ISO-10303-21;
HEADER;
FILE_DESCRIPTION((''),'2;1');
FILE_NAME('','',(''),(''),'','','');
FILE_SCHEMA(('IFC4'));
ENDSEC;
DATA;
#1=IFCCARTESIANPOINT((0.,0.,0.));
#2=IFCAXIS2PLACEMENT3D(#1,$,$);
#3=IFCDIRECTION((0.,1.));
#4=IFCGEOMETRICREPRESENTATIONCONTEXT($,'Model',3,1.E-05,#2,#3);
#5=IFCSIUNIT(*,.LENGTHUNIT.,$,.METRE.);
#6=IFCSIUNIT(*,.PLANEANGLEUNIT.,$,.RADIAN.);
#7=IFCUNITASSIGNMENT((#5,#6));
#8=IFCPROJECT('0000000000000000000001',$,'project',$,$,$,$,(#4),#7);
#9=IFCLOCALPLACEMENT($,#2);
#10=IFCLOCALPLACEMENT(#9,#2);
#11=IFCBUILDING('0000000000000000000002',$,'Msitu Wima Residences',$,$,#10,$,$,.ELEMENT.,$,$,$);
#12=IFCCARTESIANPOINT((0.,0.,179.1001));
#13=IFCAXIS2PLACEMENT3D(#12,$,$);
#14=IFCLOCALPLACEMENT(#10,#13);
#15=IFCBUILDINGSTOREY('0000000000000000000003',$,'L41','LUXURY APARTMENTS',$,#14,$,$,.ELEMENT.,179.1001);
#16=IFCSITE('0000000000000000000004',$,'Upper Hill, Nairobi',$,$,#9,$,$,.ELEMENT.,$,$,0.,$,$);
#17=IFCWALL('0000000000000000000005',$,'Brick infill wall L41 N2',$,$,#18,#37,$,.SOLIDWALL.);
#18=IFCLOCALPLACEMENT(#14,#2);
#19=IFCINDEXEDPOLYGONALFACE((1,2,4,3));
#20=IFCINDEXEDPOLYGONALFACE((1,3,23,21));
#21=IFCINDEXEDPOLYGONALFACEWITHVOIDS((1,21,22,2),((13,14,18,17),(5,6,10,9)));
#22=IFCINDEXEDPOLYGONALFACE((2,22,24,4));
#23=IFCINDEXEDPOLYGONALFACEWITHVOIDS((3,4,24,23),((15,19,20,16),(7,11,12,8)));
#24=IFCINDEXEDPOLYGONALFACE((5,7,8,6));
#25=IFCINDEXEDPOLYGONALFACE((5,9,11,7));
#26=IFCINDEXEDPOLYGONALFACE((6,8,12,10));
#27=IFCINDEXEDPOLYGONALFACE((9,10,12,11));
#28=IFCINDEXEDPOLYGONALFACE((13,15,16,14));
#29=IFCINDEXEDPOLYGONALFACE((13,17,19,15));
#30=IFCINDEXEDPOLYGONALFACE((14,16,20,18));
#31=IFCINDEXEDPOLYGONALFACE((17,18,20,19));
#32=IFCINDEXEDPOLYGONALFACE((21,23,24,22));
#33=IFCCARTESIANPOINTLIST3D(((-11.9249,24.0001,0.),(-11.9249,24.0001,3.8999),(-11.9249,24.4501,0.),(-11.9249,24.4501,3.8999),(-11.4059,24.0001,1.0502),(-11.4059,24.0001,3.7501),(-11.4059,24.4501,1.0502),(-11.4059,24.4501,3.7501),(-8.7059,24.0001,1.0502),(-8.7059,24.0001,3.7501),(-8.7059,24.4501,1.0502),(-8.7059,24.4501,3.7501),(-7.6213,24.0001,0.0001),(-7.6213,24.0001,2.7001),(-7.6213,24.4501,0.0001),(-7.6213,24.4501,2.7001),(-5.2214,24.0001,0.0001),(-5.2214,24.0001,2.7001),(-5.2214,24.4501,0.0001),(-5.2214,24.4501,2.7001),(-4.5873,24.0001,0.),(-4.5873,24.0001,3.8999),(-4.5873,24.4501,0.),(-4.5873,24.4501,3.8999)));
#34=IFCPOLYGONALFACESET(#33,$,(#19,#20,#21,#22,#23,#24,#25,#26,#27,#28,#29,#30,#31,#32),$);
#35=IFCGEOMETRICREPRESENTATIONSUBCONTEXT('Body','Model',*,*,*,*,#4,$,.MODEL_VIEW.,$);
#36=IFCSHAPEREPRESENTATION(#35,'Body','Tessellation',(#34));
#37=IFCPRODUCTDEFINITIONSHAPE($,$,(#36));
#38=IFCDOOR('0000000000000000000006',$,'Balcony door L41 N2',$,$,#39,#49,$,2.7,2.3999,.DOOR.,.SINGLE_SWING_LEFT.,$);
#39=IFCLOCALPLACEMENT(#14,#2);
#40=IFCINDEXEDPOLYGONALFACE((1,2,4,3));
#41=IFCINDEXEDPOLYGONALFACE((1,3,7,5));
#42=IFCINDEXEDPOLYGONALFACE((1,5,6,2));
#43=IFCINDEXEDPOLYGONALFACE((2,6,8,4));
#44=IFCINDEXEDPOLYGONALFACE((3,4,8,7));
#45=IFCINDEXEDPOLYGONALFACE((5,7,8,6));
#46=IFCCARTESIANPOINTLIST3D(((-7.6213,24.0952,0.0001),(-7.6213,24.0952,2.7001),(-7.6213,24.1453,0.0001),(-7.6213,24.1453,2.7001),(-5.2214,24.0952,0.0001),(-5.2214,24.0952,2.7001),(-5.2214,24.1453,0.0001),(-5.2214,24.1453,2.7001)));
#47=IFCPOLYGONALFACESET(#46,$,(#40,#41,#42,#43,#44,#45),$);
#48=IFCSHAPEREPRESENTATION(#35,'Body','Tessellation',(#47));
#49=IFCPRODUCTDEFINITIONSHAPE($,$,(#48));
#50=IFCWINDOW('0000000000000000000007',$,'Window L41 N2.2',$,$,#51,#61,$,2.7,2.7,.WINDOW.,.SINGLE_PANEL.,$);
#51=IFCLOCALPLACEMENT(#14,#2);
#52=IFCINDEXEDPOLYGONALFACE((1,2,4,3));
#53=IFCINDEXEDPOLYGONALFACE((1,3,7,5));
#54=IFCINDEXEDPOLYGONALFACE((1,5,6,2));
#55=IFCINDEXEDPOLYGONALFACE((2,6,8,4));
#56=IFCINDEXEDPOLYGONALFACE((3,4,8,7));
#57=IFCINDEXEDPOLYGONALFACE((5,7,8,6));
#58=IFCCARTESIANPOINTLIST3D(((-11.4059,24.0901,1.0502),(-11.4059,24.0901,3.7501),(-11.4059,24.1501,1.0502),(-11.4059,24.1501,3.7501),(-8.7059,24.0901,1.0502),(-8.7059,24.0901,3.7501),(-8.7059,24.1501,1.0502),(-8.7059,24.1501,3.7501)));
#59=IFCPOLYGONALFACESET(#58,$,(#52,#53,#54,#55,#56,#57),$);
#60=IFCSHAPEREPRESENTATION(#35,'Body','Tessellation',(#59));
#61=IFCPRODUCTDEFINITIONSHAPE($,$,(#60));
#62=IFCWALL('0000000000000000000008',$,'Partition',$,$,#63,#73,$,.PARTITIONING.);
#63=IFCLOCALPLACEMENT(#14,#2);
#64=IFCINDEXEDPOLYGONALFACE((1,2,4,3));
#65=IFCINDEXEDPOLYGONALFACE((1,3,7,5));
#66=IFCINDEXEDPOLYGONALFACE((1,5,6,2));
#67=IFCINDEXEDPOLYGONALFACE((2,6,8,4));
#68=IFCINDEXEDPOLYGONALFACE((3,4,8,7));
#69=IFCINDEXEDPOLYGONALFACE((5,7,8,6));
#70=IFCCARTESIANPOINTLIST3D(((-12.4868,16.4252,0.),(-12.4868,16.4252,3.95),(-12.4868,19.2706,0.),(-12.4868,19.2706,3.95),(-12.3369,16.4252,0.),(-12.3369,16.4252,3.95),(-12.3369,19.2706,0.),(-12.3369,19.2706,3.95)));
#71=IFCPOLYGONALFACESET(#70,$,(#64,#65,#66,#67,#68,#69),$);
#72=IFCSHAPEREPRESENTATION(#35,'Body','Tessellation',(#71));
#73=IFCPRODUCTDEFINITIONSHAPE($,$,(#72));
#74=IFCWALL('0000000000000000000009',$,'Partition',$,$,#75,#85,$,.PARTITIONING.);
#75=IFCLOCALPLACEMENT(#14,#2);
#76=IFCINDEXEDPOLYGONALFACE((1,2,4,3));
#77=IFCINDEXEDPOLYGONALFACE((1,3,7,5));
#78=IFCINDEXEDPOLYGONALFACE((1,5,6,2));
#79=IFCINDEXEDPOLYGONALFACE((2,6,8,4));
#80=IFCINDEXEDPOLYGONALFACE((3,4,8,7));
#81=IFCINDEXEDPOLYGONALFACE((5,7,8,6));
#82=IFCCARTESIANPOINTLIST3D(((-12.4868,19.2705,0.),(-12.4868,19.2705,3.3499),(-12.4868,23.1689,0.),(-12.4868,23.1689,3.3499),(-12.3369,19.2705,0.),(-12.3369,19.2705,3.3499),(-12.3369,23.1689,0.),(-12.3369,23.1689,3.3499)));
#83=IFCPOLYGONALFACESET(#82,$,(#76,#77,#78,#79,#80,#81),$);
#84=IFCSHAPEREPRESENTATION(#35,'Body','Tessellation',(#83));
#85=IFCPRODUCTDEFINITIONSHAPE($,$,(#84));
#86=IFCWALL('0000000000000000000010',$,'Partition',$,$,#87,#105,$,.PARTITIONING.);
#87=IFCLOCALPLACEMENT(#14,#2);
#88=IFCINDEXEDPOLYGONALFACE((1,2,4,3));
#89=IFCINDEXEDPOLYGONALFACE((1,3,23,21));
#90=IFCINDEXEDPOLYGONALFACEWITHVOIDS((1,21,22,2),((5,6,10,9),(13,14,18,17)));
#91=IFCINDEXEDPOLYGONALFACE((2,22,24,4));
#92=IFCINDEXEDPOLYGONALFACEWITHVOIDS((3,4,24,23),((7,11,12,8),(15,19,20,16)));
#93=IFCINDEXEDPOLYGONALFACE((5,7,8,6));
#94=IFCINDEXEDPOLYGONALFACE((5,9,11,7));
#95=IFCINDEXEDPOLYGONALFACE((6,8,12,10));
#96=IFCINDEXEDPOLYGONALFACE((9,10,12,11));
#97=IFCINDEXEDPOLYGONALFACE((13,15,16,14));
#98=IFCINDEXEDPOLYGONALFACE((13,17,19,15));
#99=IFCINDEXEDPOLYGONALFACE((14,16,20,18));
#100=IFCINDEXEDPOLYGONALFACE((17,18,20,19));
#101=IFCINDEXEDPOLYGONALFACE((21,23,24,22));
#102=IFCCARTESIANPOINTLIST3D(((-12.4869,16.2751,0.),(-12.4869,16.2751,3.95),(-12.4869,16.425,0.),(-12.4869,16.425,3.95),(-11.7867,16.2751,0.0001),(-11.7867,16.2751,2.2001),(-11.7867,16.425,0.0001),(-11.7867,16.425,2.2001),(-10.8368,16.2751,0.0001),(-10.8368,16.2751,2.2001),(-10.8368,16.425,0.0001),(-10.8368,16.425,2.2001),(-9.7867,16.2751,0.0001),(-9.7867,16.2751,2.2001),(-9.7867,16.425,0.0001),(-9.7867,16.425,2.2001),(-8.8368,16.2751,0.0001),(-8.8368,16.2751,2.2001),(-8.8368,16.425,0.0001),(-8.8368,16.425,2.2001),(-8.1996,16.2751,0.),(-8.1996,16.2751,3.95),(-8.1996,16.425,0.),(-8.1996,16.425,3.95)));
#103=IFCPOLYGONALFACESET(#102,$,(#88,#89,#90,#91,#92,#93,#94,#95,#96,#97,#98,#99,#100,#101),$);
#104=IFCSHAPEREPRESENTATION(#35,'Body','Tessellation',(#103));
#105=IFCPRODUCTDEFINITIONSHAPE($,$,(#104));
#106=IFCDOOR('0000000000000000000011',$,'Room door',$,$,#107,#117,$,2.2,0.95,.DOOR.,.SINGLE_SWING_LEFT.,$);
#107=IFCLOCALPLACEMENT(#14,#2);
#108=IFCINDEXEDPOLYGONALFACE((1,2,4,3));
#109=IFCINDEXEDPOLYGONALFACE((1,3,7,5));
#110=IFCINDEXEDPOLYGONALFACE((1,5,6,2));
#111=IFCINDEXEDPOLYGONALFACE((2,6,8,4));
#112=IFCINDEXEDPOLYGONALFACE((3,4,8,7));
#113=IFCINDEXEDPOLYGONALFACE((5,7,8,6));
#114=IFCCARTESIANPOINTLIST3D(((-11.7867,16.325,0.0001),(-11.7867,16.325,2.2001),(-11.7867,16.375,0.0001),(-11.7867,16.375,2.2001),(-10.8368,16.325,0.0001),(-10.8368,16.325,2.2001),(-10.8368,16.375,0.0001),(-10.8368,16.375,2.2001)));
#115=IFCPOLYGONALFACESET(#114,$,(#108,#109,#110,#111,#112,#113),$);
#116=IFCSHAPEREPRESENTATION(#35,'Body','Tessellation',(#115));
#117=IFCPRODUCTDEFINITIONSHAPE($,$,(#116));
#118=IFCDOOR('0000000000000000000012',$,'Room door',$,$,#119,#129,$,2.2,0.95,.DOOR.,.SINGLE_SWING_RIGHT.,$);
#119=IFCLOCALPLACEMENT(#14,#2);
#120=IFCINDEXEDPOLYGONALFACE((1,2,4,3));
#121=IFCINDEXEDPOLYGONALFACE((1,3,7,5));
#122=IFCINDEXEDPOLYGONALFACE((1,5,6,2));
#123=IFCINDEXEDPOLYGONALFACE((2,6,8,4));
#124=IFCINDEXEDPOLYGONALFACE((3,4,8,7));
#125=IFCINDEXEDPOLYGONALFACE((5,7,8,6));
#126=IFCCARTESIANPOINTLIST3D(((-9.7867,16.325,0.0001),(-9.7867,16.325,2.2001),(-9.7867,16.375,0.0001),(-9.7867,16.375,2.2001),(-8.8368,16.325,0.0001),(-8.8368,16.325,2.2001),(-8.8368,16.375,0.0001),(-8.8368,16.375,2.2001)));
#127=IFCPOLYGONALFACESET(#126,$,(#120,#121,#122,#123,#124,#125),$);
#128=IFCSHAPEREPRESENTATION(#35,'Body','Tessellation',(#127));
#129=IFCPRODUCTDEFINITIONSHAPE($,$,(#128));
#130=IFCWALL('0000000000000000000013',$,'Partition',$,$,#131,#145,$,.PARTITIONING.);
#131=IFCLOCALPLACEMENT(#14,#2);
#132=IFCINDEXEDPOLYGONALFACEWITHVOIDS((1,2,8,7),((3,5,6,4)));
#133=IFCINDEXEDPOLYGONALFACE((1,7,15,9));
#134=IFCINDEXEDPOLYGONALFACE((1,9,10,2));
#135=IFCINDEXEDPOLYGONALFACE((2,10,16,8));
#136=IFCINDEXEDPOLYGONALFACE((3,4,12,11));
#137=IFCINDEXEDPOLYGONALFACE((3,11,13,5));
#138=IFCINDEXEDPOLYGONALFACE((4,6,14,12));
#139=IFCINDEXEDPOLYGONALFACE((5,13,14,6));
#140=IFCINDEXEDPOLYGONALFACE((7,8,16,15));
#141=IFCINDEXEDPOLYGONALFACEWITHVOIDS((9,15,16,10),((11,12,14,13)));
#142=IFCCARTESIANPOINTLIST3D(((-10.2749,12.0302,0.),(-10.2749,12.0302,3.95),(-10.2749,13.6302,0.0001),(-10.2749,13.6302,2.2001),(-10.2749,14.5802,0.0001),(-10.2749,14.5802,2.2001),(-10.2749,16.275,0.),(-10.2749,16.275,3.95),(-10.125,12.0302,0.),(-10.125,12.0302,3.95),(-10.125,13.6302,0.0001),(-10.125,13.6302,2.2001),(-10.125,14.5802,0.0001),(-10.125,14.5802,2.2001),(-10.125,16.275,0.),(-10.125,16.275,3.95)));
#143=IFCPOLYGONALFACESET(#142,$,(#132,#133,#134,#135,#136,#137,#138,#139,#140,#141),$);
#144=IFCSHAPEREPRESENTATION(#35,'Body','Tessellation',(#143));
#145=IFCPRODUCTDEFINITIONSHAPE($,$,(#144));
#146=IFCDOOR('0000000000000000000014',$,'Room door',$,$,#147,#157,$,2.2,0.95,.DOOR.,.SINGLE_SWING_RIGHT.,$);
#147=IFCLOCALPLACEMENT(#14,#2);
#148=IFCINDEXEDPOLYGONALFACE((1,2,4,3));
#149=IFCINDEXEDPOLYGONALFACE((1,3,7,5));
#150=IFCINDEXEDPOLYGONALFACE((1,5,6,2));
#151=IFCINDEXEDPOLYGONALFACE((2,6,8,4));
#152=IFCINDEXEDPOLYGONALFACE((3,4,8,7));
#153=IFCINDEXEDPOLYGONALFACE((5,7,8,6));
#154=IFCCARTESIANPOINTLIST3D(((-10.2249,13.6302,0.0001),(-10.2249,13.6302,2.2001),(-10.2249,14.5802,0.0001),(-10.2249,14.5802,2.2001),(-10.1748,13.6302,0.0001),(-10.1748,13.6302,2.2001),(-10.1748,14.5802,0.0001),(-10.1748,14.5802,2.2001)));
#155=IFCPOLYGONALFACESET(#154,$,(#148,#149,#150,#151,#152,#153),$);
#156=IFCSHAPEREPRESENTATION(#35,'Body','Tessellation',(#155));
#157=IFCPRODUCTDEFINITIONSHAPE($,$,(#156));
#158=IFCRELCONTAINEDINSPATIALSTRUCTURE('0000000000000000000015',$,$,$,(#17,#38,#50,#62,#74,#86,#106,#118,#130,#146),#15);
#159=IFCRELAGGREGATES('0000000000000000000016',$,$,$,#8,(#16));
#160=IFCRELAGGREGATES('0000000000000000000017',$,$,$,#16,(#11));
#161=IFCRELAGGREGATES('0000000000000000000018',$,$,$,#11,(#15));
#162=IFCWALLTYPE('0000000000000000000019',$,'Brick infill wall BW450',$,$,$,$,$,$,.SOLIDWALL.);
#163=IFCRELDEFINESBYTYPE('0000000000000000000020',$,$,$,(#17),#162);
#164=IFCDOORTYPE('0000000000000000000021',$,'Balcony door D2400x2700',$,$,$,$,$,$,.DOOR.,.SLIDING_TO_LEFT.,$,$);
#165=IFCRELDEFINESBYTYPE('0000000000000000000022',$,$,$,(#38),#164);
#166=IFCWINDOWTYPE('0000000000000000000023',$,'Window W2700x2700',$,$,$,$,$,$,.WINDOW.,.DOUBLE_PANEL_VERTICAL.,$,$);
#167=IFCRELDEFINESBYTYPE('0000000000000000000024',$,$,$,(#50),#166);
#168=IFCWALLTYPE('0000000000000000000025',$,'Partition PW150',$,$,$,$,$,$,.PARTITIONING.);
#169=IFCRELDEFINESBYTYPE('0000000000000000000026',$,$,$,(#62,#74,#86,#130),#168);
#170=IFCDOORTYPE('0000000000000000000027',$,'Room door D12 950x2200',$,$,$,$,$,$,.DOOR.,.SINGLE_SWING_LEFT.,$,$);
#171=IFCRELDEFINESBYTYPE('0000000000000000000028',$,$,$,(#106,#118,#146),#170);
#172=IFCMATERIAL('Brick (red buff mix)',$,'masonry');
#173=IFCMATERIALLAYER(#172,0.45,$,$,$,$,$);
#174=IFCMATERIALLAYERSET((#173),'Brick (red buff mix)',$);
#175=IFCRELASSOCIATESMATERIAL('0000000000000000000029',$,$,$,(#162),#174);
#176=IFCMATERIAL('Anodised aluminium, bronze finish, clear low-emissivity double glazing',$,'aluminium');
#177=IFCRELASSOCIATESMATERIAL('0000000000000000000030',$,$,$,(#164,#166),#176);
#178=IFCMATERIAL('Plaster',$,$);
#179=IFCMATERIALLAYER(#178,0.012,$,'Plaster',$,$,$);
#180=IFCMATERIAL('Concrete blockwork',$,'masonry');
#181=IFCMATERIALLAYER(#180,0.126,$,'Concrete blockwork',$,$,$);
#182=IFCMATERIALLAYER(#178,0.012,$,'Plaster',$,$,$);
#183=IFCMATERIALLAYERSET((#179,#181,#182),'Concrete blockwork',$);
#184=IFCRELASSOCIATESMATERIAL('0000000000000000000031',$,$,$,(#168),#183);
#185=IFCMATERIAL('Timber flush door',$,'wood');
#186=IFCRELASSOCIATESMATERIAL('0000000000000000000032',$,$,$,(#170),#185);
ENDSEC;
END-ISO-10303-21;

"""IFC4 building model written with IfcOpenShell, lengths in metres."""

from ifc_helpers import new_model, si_unit, direction, frame, frame_2d, origin, place, context, subcontext, project, spatial, rectangle, extrude, material, layer, layer_set, type_object, element, fill, save


model = new_model("IFC4")

# Units and contexts
model_context = context("Model", 3, precision=1e-05, world=origin(), true_north=direction((0.0, 1.0)))
body_context = subcontext(model_context, "Body", "Model", "MODEL_VIEW")
ifc_project = project(units=[si_unit("LENGTHUNIT", "METRE"), si_unit("PLANEANGLEUNIT", "RADIAN")], contexts=[model_context])

# Site, building, storey
site_placement = place(None, origin())
site = spatial("IfcSite", under=ifc_project, at=site_placement, Name="Upper Hill, Nairobi", CompositionType="ELEMENT", RefElevation=0.0)
building_placement = place(site_placement, origin())
building = spatial("IfcBuilding", under=site, at=building_placement, Name="Msitu Wima Residences", CompositionType="ELEMENT")
storey_placement = place(building_placement, frame((0.0, 0.0, 179.1001)))
storey = spatial("IfcBuildingStorey", under=building, at=storey_placement, Name="L41", Description="LUXURY APARTMENTS", CompositionType="ELEMENT", Elevation=179.1001)

# Wall, openings, door, window
ifc_material_1 = material(Name="Brick (red buff mix)", Category="masonry")
ifc_layer_1 = layer(ifc_material_1, 0.45)
ifc_layer_set_1 = layer_set([ifc_layer_1], Name="Brick (red buff mix)")
wall_type_1 = type_object("IfcWallType", Name="Brick infill wall BW450", PredefinedType="SOLIDWALL", material=ifc_layer_set_1)
wall_1_placement = place(storey_placement, frame((-4.5872, 24.2251, 0.0), z_axis=(0.0, 0.0, 1.0), x_axis=(-1.0, 0.0, 0.0)))
wall_1 = element("IfcWall", 1, at=wall_1_placement, inside=storey, type_object=wall_type_1, Name="Brick infill wall L41 N2", PredefinedType="SOLIDWALL", context=body_context, shape_type="SweptSolid", body=[
    extrude(rectangle(XDim=7.3376, YDim=0.45, at=frame_2d((3.6689, 0.0))), origin(), (0.0, 0.0, 1.0), 3.8999),
])
opening_1_placement = place(wall_1_placement, frame((0.6343, 0.0, 0.0)))
opening_1 = element("IfcOpeningElement", 2, at=opening_1_placement, cuts=wall_1, PredefinedType="OPENING", context=body_context, shape_type="SweptSolid", body=[
    extrude(rectangle(XDim=2.3999, YDim=2.7, at=frame_2d((1.2, 1.3501))), frame((0.0, 0.2349, 0.0), z_axis=(0.0, -1.0, 0.0), x_axis=(1.0, 0.0, 0.0)), (0.0, 0.0, 1.0), 0.47),
])
opening_2_placement = place(wall_1_placement, frame((4.1187, 0.0, 1.05)))
opening_2 = element("IfcOpeningElement", 3, at=opening_2_placement, cuts=wall_1, PredefinedType="OPENING", context=body_context, shape_type="SweptSolid", body=[
    extrude(rectangle(XDim=2.7, YDim=2.7, at=frame_2d((1.3501, 1.3501))), frame((0.0, 0.2349, 0.0), z_axis=(0.0, -1.0, 0.0), x_axis=(1.0, 0.0, 0.0)), (0.0, 0.0, 1.0), 0.47),
])
ifc_material_2 = material(Name="Anodised aluminium, bronze finish, clear low-emissivity double glazing", Category="aluminium")
door_type_1 = type_object("IfcDoorType", Name="Balcony door D2400x2700", OperationType="SLIDING_TO_LEFT", PredefinedType="DOOR", material=ifc_material_2)
door_1_placement = place(opening_1_placement, origin())
door_1 = element("IfcDoor", 4, at=door_1_placement, inside=storey, type_object=door_type_1, Name="Balcony door L41 N2", OperationType="SINGLE_SWING_LEFT", OverallHeight=2.7, OverallWidth=2.3999, PredefinedType="DOOR", context=body_context, shape_type="SweptSolid", body=[
    extrude(rectangle(XDim=2.3999, YDim=2.7, at=frame_2d((1.2, 1.3501))), frame((0.0, 0.1299, 0.0), z_axis=(0.0, -1.0, 0.0), x_axis=(1.0, 0.0, 0.0)), (0.0, 0.0, 1.0), 0.05),
])
fill(opening_1, door_1)
window_type = type_object("IfcWindowType", Name="Window W2700x2700", PartitioningType="DOUBLE_PANEL_VERTICAL", PredefinedType="WINDOW", material=ifc_material_2)
window_placement = place(opening_2_placement, origin())
window = element("IfcWindow", 5, at=window_placement, inside=storey, type_object=window_type, Name="Window L41 N2.2", OverallHeight=2.7, OverallWidth=2.7, PartitioningType="SINGLE_PANEL", PredefinedType="WINDOW", context=body_context, shape_type="SweptSolid", body=[
    extrude(rectangle(XDim=2.7, YDim=2.7, at=frame_2d((1.3501, 1.3501))), frame((0.0, 0.135, 0.0), z_axis=(0.0, -1.0, 0.0), x_axis=(1.0, 0.0, 0.0)), (0.0, 0.0, 1.0), 0.0601),
])
fill(opening_2, window)

# Walls
ifc_material_3 = material(Name="Plaster")
ifc_layer_2 = layer(ifc_material_3, 0.012, Name="Plaster")
ifc_material_4 = material(Name="Concrete blockwork", Category="masonry")
ifc_layer_3 = layer(ifc_material_4, 0.126, Name="Concrete blockwork")
ifc_layer_4 = layer(ifc_material_3, 0.012, Name="Plaster")
ifc_layer_set_2 = layer_set([ifc_layer_2, ifc_layer_3, ifc_layer_4], Name="Concrete blockwork")
wall_type_2 = type_object("IfcWallType", Name="Partition PW150", PredefinedType="PARTITIONING", material=ifc_layer_set_2)
wall_2_placement = place(storey_placement, frame((-12.4119, 16.425, 0.0), z_axis=(0.0, 0.0, 1.0), x_axis=(0.0, 1.0, 0.0)))
element("IfcWall", 6, at=wall_2_placement, inside=storey, type_object=wall_type_2, Name="Partition", PredefinedType="PARTITIONING", context=body_context, shape_type="SweptSolid", body=[
    extrude(rectangle(XDim=2.8455, YDim=0.1499, at=frame_2d((1.4229, 0.0))), origin(), (0.0, 0.0, 1.0), 3.95),
])
wall_3_placement = place(storey_placement, frame((-12.4119, 19.2705, 0.0), z_axis=(0.0, 0.0, 1.0), x_axis=(0.0, 1.0, 0.0)))
element("IfcWall", 7, at=wall_3_placement, inside=storey, type_object=wall_type_2, Name="Partition", PredefinedType="PARTITIONING", context=body_context, shape_type="SweptSolid", body=[
    extrude(rectangle(XDim=3.8984, YDim=0.1499, at=frame_2d((1.9492, 0.0))), origin(), (0.0, 0.0, 1.0), 3.3499),
])

# Wall, openings, doors
wall_4_placement = place(storey_placement, frame((-12.4868, 16.3501, 0.0), z_axis=(0.0, 0.0, 1.0), x_axis=(1.0, 0.0, 0.0)))
wall_4 = element("IfcWall", 8, at=wall_4_placement, inside=storey, type_object=wall_type_2, Name="Partition", PredefinedType="PARTITIONING", context=body_context, shape_type="SweptSolid", body=[
    extrude(rectangle(XDim=4.2874, YDim=0.1499, at=frame_2d((2.1436, 0.0))), origin(), (0.0, 0.0, 1.0), 3.95),
])
opening_3_placement = place(wall_4_placement, frame((0.7, 0.0, 0.0)))
opening_3 = element("IfcOpeningElement", 9, at=opening_3_placement, cuts=wall_4, PredefinedType="OPENING", context=body_context, shape_type="SweptSolid", body=[
    extrude(rectangle(XDim=0.95, YDim=2.2, at=frame_2d((0.4751, 1.1001))), frame((0.0, 0.085, 0.0), z_axis=(0.0, -1.0, 0.0), x_axis=(1.0, 0.0, 0.0)), (0.0, 0.0, 1.0), 0.1699),
])
opening_4_placement = place(wall_4_placement, frame((2.7, 0.0, 0.0)))
opening_4 = element("IfcOpeningElement", 10, at=opening_4_placement, cuts=wall_4, PredefinedType="OPENING", context=body_context, shape_type="SweptSolid", body=[
    extrude(rectangle(XDim=0.95, YDim=2.2, at=frame_2d((0.4751, 1.1001))), frame((0.0, 0.085, 0.0), z_axis=(0.0, -1.0, 0.0), x_axis=(1.0, 0.0, 0.0)), (0.0, 0.0, 1.0), 0.1699),
])
ifc_material_5 = material(Name="Timber flush door", Category="wood")
door_type_2 = type_object("IfcDoorType", Name="Room door D12 950x2200", OperationType="SINGLE_SWING_LEFT", PredefinedType="DOOR", material=ifc_material_5)
door_2_placement = place(opening_3_placement, origin())
door_2 = element("IfcDoor", 11, at=door_2_placement, inside=storey, type_object=door_type_2, Name="Room door", OperationType="SINGLE_SWING_LEFT", OverallHeight=2.2, OverallWidth=0.95, PredefinedType="DOOR", context=body_context, shape_type="SweptSolid", body=[
    extrude(rectangle(XDim=0.95, YDim=2.2, at=frame_2d((0.4751, 1.1001))), frame((0.0, 0.0249, 0.0), z_axis=(0.0, -1.0, 0.0), x_axis=(1.0, 0.0, 0.0)), (0.0, 0.0, 1.0), 0.05),
])
fill(opening_3, door_2)
door_3_placement = place(opening_4_placement, origin())
door_3 = element("IfcDoor", 12, at=door_3_placement, inside=storey, type_object=door_type_2, Name="Room door", OperationType="SINGLE_SWING_RIGHT", OverallHeight=2.2, OverallWidth=0.95, PredefinedType="DOOR", context=body_context, shape_type="SweptSolid", body=[
    extrude(rectangle(XDim=0.95, YDim=2.2, at=frame_2d((0.4751, 1.1001))), frame((0.0, 0.0249, 0.0), z_axis=(0.0, -1.0, 0.0), x_axis=(1.0, 0.0, 0.0)), (0.0, 0.0, 1.0), 0.05),
])
fill(opening_4, door_3)

# Wall, opening, door
wall_5_placement = place(storey_placement, frame((-10.2, 12.03, 0.0), z_axis=(0.0, 0.0, 1.0), x_axis=(0.0, 1.0, 0.0)))
wall_5 = element("IfcWall", 13, at=wall_5_placement, inside=storey, type_object=wall_type_2, Name="Partition", PredefinedType="PARTITIONING", context=body_context, shape_type="SweptSolid", body=[
    extrude(rectangle(XDim=4.2449, YDim=0.1499, at=frame_2d((2.1226, 0.0))), origin(), (0.0, 0.0, 1.0), 3.95),
])
opening_5_placement = place(wall_5_placement, frame((1.6001, 0.0, 0.0)))
opening_5 = element("IfcOpeningElement", 14, at=opening_5_placement, cuts=wall_5, PredefinedType="OPENING", context=body_context, shape_type="SweptSolid", body=[
    extrude(rectangle(XDim=0.95, YDim=2.2, at=frame_2d((0.4751, 1.1001))), frame((0.0, 0.085, 0.0), z_axis=(0.0, -1.0, 0.0), x_axis=(1.0, 0.0, 0.0)), (0.0, 0.0, 1.0), 0.1699),
])
door_4_placement = place(opening_5_placement, origin())
door_4 = element("IfcDoor", 15, at=door_4_placement, inside=storey, type_object=door_type_2, Name="Room door", OperationType="SINGLE_SWING_RIGHT", OverallHeight=2.2, OverallWidth=0.95, PredefinedType="DOOR", context=body_context, shape_type="SweptSolid", body=[
    extrude(rectangle(XDim=0.95, YDim=2.2, at=frame_2d((0.4751, 1.1001))), frame((0.0, 0.0249, 0.0), z_axis=(0.0, -1.0, 0.0), x_axis=(1.0, 0.0, 0.0)), (0.0, 0.0, 1.0), 0.05),
])
fill(opening_5, door_4)

save(model, "model.ifc")
